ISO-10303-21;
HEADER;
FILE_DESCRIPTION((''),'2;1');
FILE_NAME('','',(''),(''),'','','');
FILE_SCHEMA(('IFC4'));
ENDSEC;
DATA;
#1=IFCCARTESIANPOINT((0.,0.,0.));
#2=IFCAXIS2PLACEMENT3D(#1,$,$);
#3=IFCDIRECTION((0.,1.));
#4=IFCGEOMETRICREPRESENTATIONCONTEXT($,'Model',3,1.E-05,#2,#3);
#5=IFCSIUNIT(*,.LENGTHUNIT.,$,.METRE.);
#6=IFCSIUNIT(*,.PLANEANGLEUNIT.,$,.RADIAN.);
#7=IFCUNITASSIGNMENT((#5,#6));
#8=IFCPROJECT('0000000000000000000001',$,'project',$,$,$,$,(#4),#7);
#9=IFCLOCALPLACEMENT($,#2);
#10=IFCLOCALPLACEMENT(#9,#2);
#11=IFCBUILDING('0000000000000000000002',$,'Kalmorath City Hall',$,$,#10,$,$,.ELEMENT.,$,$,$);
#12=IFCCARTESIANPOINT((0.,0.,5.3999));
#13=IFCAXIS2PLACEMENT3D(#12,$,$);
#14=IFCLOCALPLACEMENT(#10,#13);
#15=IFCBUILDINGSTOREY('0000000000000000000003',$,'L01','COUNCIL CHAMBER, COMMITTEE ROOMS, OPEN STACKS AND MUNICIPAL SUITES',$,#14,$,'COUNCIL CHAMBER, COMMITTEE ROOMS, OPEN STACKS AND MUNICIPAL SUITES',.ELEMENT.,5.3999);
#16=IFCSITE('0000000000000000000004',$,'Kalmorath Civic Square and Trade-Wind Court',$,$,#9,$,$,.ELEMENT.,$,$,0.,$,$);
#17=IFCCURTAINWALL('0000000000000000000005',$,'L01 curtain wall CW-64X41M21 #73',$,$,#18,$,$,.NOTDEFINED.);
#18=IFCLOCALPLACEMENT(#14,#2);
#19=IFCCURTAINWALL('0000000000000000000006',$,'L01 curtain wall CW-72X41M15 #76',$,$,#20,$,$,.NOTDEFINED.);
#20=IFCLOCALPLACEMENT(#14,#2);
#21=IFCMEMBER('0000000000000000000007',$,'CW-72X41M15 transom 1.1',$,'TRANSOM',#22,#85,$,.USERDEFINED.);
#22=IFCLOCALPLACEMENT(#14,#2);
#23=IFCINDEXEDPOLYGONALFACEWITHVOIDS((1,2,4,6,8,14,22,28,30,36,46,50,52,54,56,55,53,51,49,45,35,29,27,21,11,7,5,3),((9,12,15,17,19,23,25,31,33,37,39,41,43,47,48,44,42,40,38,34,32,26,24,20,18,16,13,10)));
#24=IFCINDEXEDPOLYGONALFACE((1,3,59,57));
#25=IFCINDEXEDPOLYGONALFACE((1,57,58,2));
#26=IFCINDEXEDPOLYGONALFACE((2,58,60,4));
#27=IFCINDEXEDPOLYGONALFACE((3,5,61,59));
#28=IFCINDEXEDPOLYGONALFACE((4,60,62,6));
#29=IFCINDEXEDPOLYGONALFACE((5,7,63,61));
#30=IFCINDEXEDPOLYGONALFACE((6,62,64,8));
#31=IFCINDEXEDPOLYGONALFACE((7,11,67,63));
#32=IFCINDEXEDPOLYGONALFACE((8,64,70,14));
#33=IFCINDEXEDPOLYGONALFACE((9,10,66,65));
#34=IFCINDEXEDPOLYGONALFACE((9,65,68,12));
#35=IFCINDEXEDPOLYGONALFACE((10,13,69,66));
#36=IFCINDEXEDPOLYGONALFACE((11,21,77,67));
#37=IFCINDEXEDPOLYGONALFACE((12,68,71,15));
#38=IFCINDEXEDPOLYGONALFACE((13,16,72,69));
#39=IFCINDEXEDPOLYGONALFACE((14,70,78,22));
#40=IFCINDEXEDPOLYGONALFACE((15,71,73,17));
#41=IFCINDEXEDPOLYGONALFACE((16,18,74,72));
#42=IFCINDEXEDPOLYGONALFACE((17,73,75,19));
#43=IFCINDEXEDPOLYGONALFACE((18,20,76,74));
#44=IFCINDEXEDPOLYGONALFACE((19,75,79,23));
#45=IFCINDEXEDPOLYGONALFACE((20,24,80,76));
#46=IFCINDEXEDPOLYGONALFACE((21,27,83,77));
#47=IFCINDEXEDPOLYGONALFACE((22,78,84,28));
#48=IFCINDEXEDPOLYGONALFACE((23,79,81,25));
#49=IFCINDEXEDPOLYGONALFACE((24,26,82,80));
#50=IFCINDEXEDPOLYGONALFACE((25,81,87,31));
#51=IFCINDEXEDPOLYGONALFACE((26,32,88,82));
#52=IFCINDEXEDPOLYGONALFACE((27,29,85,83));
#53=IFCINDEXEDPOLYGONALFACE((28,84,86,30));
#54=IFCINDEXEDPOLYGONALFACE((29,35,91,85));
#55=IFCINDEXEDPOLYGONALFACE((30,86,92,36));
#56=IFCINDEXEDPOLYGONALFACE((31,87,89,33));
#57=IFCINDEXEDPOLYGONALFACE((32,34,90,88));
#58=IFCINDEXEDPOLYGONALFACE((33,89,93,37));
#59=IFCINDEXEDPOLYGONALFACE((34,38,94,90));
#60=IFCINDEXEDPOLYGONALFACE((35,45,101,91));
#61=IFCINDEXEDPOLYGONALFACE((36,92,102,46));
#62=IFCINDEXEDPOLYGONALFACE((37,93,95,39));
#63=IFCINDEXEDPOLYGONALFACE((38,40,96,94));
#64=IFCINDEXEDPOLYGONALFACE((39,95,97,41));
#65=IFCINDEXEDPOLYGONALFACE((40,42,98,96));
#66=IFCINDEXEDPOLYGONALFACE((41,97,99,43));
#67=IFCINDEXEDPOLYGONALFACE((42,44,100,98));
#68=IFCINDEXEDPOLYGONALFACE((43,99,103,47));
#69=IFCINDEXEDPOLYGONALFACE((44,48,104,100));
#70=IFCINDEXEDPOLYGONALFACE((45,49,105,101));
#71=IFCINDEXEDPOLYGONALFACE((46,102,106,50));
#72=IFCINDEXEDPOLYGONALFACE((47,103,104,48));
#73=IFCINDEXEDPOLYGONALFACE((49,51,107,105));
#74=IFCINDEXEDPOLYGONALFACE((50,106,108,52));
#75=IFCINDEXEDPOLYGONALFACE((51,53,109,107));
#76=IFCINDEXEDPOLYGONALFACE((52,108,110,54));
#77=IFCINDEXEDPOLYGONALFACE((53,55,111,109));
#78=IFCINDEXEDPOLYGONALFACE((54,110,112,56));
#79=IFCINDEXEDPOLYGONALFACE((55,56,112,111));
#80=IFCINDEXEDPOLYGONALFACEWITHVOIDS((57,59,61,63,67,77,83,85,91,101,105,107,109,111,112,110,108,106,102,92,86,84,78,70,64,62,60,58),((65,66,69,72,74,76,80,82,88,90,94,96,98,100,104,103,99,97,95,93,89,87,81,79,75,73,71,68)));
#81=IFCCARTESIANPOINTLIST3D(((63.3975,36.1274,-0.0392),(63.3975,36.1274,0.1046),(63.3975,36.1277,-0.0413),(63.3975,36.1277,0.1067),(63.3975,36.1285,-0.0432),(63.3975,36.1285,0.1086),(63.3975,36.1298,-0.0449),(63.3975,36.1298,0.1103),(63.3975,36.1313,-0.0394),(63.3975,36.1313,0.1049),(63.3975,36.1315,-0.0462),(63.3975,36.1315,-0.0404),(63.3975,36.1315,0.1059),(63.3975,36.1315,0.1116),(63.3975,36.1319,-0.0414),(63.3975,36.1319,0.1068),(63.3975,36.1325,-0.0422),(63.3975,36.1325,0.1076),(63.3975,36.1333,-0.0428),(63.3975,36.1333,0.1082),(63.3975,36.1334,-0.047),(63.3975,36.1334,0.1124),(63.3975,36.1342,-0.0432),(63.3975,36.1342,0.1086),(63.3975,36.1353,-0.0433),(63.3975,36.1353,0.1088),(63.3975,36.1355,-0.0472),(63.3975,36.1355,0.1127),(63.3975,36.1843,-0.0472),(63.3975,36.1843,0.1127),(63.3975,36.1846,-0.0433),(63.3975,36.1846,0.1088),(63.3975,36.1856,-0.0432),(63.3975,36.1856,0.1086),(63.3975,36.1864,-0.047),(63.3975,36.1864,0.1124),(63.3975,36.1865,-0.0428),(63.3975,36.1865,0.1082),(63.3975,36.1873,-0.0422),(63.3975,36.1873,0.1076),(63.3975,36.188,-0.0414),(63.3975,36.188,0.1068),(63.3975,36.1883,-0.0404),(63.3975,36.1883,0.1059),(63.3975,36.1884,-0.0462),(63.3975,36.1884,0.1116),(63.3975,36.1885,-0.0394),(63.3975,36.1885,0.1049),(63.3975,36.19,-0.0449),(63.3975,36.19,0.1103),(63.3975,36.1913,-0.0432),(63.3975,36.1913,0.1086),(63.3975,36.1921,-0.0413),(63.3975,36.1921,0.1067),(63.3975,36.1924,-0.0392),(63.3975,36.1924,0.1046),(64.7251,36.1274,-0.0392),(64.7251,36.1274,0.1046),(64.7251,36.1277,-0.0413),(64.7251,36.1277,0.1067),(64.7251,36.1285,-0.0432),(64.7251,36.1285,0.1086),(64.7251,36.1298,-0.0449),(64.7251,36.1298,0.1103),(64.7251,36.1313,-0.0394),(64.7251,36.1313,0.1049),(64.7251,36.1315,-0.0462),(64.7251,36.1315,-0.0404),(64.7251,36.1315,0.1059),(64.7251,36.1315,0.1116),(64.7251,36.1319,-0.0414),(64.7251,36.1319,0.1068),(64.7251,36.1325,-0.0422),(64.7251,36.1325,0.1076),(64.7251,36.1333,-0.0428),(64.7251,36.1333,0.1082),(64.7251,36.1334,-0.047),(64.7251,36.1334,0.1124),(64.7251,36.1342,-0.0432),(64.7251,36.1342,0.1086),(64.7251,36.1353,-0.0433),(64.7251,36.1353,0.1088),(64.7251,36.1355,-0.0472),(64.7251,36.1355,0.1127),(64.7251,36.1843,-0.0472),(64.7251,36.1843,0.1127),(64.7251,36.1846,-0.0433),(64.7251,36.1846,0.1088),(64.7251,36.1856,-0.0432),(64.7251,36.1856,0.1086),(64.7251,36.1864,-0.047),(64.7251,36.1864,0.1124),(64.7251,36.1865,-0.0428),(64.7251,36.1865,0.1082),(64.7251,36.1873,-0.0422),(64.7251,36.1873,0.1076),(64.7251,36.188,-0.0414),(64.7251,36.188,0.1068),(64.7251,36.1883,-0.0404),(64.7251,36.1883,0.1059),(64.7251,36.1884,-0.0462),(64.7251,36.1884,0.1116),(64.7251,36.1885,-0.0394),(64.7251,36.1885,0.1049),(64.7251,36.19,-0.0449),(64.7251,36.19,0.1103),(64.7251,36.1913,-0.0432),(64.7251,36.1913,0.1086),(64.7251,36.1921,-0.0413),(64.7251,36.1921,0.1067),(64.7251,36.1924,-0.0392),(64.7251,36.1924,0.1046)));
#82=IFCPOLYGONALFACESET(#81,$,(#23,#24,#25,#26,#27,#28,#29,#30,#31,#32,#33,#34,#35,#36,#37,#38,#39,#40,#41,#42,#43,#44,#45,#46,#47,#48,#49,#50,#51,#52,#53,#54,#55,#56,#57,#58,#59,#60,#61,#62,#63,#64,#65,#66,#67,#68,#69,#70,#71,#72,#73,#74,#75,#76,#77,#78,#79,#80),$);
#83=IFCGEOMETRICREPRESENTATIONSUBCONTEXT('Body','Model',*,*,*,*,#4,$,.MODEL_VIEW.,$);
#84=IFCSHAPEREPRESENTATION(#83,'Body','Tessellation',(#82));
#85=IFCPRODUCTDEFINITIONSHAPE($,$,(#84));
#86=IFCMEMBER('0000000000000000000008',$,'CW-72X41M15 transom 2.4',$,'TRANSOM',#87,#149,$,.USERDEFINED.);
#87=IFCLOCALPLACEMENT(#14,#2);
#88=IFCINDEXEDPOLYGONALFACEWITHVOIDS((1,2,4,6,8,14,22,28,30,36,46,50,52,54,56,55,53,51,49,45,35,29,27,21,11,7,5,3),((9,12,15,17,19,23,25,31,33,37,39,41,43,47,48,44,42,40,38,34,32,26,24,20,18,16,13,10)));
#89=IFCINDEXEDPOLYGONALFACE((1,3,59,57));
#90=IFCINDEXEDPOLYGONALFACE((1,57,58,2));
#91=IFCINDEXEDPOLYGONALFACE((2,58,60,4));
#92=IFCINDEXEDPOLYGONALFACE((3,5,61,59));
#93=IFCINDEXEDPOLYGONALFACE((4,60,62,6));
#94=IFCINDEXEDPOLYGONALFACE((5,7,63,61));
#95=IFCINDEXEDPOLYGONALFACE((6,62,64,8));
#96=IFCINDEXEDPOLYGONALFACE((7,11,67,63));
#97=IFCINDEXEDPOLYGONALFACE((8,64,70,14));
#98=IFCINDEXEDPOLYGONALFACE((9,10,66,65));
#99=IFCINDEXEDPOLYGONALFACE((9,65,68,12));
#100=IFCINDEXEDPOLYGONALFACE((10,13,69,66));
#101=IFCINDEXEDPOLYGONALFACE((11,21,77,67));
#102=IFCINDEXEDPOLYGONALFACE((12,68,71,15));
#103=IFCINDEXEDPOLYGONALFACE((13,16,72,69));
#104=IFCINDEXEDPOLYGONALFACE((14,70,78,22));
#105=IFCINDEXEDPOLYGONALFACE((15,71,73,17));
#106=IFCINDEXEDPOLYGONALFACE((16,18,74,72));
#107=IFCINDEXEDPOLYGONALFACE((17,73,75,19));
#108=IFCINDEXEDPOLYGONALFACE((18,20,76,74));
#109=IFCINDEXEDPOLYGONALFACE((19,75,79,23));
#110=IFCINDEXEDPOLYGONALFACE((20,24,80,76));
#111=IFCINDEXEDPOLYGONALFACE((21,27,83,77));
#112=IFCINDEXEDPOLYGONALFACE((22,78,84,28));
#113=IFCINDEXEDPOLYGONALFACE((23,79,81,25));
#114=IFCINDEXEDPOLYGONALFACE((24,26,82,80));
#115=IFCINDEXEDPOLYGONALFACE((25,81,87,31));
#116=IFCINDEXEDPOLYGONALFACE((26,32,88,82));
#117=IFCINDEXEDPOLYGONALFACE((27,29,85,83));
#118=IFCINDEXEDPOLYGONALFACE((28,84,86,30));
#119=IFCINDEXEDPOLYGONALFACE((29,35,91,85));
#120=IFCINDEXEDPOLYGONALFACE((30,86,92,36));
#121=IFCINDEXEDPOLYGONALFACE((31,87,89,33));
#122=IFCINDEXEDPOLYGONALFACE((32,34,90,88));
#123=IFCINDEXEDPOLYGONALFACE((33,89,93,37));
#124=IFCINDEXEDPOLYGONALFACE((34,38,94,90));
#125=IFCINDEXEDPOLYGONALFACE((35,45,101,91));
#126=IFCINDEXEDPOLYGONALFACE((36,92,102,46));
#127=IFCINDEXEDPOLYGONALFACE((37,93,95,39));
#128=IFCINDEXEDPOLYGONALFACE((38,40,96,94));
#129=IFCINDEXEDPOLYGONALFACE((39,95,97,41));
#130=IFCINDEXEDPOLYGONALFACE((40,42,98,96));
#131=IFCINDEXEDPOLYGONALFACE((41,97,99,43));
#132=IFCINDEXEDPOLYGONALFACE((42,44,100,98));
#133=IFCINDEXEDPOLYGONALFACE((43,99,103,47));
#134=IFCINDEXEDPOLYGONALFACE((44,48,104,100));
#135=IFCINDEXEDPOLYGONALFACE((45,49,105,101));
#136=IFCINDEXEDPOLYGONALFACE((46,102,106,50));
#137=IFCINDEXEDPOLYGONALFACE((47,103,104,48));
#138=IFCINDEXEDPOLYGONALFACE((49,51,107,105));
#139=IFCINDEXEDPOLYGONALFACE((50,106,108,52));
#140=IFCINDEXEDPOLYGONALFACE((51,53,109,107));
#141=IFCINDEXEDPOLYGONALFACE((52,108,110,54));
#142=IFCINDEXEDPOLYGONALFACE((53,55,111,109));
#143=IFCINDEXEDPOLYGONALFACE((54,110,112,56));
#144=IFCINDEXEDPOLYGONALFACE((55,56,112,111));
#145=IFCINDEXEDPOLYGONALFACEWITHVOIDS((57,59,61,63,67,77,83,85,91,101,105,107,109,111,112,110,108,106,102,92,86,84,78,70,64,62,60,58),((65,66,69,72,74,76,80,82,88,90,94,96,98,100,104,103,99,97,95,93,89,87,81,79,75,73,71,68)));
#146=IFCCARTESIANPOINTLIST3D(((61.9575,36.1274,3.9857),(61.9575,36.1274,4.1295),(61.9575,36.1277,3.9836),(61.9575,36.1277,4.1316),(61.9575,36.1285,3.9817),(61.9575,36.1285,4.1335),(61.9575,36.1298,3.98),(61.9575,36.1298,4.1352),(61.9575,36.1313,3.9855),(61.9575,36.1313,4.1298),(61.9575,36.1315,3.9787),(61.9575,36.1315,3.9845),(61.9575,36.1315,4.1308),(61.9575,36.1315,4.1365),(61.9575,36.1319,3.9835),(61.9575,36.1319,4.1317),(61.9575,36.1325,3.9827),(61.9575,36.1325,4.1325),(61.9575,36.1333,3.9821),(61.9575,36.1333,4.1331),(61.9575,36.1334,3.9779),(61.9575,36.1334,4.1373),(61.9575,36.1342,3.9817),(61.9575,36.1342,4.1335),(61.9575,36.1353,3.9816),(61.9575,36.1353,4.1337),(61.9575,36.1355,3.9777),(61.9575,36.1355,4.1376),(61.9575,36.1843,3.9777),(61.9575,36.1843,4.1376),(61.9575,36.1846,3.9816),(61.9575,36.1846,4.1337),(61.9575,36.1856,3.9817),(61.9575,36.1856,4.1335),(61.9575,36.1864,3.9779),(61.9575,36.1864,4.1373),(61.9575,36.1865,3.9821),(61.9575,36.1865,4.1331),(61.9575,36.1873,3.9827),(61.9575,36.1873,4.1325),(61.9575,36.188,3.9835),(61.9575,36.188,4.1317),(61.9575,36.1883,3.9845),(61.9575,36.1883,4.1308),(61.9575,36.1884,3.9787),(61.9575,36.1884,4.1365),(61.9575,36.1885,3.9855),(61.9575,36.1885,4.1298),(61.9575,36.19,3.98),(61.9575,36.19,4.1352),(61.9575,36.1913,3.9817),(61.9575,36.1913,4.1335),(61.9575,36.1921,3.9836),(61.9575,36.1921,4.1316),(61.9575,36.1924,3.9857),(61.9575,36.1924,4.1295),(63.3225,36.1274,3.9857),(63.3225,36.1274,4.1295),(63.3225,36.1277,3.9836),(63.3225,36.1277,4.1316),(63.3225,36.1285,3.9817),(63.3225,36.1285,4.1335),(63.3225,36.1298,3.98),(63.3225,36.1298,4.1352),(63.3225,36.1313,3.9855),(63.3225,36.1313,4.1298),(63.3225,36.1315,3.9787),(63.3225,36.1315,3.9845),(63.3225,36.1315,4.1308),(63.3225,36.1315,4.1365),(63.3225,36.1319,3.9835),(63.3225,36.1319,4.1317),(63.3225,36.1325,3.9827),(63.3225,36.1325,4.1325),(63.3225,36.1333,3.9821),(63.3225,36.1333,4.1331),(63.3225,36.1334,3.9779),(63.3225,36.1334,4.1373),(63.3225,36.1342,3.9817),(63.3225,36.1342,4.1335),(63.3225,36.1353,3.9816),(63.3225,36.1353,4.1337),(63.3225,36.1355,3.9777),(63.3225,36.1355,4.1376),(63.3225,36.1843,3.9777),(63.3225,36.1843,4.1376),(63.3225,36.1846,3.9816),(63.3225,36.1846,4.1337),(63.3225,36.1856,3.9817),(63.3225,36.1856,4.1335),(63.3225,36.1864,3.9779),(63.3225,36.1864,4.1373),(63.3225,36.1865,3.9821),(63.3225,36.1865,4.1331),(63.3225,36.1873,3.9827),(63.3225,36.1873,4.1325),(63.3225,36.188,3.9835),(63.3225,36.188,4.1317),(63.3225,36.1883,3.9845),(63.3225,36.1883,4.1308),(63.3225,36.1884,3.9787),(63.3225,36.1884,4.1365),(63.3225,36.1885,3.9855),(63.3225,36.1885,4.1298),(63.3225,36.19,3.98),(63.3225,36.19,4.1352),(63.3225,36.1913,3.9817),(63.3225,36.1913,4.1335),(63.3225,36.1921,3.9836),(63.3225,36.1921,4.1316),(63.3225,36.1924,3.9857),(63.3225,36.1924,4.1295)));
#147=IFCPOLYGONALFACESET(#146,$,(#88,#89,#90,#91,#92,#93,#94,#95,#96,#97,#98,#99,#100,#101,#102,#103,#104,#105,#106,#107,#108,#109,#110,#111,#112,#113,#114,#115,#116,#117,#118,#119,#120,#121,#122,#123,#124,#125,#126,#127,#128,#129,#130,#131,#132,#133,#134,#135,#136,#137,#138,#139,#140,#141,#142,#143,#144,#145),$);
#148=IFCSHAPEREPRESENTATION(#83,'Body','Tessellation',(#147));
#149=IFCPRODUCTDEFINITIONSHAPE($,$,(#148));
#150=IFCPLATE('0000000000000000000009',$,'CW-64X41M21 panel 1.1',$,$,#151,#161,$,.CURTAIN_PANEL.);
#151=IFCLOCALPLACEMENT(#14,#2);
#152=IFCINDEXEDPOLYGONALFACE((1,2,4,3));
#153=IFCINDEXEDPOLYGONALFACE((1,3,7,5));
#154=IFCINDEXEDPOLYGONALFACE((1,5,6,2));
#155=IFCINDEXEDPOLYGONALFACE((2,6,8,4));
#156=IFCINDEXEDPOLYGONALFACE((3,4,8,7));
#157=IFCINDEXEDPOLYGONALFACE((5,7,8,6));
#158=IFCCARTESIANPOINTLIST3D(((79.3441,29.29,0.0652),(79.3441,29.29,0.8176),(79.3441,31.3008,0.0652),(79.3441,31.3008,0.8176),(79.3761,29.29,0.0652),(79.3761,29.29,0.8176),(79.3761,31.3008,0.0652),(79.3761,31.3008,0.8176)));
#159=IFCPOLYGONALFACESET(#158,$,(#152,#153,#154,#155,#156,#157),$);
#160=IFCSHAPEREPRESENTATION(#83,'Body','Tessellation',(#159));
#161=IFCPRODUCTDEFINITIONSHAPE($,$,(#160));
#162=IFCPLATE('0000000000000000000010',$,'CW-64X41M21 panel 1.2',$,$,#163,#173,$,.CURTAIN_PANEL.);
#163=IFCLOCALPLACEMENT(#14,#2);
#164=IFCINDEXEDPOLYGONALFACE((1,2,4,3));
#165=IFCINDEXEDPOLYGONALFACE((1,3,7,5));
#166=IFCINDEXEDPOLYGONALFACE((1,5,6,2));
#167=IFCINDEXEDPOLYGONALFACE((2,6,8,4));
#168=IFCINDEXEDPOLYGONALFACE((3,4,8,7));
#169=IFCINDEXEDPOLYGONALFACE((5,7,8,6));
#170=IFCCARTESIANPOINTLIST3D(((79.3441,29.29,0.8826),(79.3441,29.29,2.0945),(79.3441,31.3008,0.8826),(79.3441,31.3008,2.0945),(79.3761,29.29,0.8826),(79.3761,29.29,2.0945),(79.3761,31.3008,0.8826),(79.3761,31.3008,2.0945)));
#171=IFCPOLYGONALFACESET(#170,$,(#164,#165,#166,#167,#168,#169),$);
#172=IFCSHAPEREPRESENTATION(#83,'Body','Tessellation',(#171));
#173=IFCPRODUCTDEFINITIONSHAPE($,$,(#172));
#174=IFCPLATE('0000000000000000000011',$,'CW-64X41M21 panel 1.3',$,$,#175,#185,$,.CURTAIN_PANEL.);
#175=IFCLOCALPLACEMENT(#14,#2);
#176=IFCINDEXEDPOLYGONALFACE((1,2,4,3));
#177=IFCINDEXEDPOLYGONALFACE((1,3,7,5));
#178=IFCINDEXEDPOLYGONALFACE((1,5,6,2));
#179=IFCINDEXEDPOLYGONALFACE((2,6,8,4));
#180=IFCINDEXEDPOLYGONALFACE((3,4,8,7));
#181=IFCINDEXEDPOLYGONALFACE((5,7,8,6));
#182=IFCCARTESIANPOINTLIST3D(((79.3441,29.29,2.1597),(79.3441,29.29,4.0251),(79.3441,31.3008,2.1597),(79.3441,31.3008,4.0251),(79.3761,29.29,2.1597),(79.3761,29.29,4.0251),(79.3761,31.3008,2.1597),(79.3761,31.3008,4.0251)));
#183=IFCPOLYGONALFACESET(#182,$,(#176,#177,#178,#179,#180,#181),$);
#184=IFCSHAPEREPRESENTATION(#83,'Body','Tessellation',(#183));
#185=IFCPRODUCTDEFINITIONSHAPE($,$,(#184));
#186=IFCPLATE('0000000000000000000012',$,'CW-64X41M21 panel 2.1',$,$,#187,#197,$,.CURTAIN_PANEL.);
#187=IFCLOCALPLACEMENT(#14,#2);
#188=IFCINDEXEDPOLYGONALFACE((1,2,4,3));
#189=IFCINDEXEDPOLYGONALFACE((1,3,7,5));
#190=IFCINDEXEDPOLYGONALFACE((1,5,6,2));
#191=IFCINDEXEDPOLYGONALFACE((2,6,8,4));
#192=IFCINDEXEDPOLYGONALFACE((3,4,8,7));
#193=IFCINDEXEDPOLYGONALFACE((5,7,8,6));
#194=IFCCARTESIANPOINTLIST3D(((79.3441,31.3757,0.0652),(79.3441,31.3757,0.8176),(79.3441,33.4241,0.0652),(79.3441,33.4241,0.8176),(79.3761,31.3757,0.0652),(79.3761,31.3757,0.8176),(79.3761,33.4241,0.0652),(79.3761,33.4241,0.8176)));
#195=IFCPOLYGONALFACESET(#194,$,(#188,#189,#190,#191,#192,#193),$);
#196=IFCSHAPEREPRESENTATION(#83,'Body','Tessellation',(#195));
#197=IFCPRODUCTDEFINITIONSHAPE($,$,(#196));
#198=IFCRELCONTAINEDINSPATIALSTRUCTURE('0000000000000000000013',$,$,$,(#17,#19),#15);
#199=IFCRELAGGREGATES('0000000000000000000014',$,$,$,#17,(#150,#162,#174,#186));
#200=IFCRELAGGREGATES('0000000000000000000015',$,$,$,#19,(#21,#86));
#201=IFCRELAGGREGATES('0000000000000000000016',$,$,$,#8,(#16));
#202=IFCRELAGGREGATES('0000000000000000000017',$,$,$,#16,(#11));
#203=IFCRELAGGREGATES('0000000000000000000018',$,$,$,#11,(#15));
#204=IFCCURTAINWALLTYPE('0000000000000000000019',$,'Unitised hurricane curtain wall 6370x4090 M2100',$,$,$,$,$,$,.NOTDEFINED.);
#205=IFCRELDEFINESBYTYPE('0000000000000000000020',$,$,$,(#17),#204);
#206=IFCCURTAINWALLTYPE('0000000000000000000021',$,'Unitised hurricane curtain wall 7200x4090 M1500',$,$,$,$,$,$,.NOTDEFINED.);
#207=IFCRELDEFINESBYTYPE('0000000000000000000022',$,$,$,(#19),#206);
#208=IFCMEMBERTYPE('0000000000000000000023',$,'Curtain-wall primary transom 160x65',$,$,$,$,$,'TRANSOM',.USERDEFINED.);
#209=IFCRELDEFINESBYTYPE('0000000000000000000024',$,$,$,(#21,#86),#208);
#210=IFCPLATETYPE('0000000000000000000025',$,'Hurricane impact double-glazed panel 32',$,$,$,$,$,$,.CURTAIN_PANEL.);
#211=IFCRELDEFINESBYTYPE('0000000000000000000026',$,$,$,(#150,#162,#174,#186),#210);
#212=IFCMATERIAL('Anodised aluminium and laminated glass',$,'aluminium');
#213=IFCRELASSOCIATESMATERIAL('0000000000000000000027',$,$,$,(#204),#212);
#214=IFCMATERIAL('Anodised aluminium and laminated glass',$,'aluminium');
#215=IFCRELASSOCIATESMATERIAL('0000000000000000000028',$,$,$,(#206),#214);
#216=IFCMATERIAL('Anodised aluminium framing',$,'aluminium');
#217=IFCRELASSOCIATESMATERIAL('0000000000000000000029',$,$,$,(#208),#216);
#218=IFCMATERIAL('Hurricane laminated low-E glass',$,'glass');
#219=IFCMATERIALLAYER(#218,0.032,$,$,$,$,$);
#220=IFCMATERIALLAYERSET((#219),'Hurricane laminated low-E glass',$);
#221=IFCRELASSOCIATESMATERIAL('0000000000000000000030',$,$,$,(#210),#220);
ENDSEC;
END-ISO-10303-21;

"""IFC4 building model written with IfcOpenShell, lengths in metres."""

from ifc_helpers import new_model, si_unit, direction, frame, origin, origin_2d, place, context, subcontext, project, spatial, rectangle, hollow_rectangle, extrude, material, layer, layer_set, material_profile, profile_set, type_object, element, aggregate, save


model = new_model("IFC4")

# Units and contexts
model_context = context("Model", 3, precision=1e-05, world=origin(), true_north=direction((0.0, 1.0)))
body_context = subcontext(model_context, "Body", "Model", "MODEL_VIEW")
ifc_project = project(units=[si_unit("LENGTHUNIT", "METRE"), si_unit("PLANEANGLEUNIT", "RADIAN")], contexts=[model_context])

# Site, building, storey
site_placement = place(None, origin())
site = spatial("IfcSite", under=ifc_project, at=site_placement, Name="Kalmorath Civic Square and Trade-Wind Court", CompositionType="ELEMENT", RefElevation=0.0)
building_placement = place(site_placement, origin())
building = spatial("IfcBuilding", under=site, at=building_placement, Name="Kalmorath City Hall", CompositionType="ELEMENT")
storey_placement = place(building_placement, frame((0.0, 0.0, 5.3999)))
storey = spatial("IfcBuildingStorey", under=building, at=storey_placement, Name="L01", Description="COUNCIL CHAMBER, COMMITTEE ROOMS, OPEN STACKS AND MUNICIPAL SUITES", LongName="COUNCIL CHAMBER, COMMITTEE ROOMS, OPEN STACKS AND MUNICIPAL SUITES", CompositionType="ELEMENT", Elevation=5.3999)

# Curtain wall
ifc_material_1 = material(Name="Anodised aluminium and laminated glass", Category="aluminium")
curtain_wall_type_1 = type_object("IfcCurtainWallType", Name="Unitised hurricane curtain wall 6370x4090 M2100", PredefinedType="NOTDEFINED", material=ifc_material_1)
curtain_wall_1_placement = place(storey_placement, origin())
curtain_wall_1 = element("IfcCurtainWall", 1, at=curtain_wall_1_placement, inside=storey, type_object=curtain_wall_type_1, Name="L01 curtain wall CW-64X41M21 #73", PredefinedType="NOTDEFINED")

# Curtain wall
ifc_material_2 = material(Name="Anodised aluminium and laminated glass", Category="aluminium")
curtain_wall_type_2 = type_object("IfcCurtainWallType", Name="Unitised hurricane curtain wall 7200x4090 M1500", PredefinedType="NOTDEFINED", material=ifc_material_2)
curtain_wall_2_placement = place(storey_placement, origin())
curtain_wall_2 = element("IfcCurtainWall", 2, at=curtain_wall_2_placement, inside=storey, type_object=curtain_wall_type_2, Name="L01 curtain wall CW-72X41M15 #76", PredefinedType="NOTDEFINED")

# Members
ifc_material_3 = material(Name="Anodised aluminium framing", Category="aluminium")
ifc_material_profile_1 = material_profile(ifc_material_3, hollow_rectangle(XDim=0.0649, YDim=0.1599, WallThickness=0.0039, InnerFilletRadius=0.0039, OuterFilletRadius=0.0081, at=origin_2d()), Name="ALU-TRN-160X65X4")
ifc_profile_set_1 = profile_set([ifc_material_profile_1], Name="Anodised aluminium framing")
member_type_1 = type_object("IfcMemberType", Name="Curtain-wall primary transom 160x65", ElementType="TRANSOM", PredefinedType="USERDEFINED", material=ifc_profile_set_1)
member_1_placement = place(storey_placement, frame((64.7251, 36.1599, 0.0327), z_axis=(-1.0, 0.0, 0.0), x_axis=(0.0, -1.0, 0.0)))
member_1 = element("IfcMember", 3, at=member_1_placement, type_object=member_type_1, Name="CW-72X41M15 transom 1.1", ObjectType="TRANSOM", PredefinedType="USERDEFINED", context=body_context, shape_type="SweptSolid", body=[
    extrude(hollow_rectangle(XDim=0.0649, YDim=0.1599, WallThickness=0.0039, InnerFilletRadius=0.0039, OuterFilletRadius=0.0081, at=origin_2d()), origin(), (0.0, 0.0, 1.0), 1.3276),
])
member_2_placement = place(storey_placement, frame((63.3225, 36.1599, 4.0576), z_axis=(-1.0, 0.0, 0.0), x_axis=(0.0, -1.0, 0.0)))
member_2 = element("IfcMember", 4, at=member_2_placement, type_object=member_type_1, Name="CW-72X41M15 transom 2.4", ObjectType="TRANSOM", PredefinedType="USERDEFINED", context=body_context, shape_type="SweptSolid", body=[
    extrude(hollow_rectangle(XDim=0.0649, YDim=0.1599, WallThickness=0.0039, InnerFilletRadius=0.0039, OuterFilletRadius=0.0081, at=origin_2d()), origin(), (0.0, 0.0, 1.0), 1.365),
])

# Plates
ifc_material_4 = material(Name="Hurricane laminated low-E glass", Category="glass")
ifc_layer = layer(ifc_material_4, 0.032)
ifc_layer_set = layer_set([ifc_layer], Name="Hurricane laminated low-E glass")
plate_type = type_object("IfcPlateType", Name="Hurricane impact double-glazed panel 32", PredefinedType="CURTAIN_PANEL", material=ifc_layer_set)
plate_1_placement = place(storey_placement, frame((79.3601, 30.2954, 0.0652), z_axis=(0.0, 0.0, 1.0), x_axis=(0.0, 1.0, 0.0)))
plate_1 = element("IfcPlate", 5, at=plate_1_placement, type_object=plate_type, Name="CW-64X41M21 panel 1.1", PredefinedType="CURTAIN_PANEL", context=body_context, shape_type="SweptSolid", body=[
    extrude(rectangle(XDim=2.0107, YDim=0.032, at=origin_2d()), origin(), (0.0, 0.0, 1.0), 0.7524),
])
plate_2_placement = place(storey_placement, frame((79.3601, 30.2954, 0.8826), z_axis=(0.0, 0.0, 1.0), x_axis=(0.0, 1.0, 0.0)))
plate_2 = element("IfcPlate", 6, at=plate_2_placement, type_object=plate_type, Name="CW-64X41M21 panel 1.2", PredefinedType="CURTAIN_PANEL", context=body_context, shape_type="SweptSolid", body=[
    extrude(rectangle(XDim=2.0107, YDim=0.032, at=origin_2d()), origin(), (0.0, 0.0, 1.0), 1.2119),
])
plate_3_placement = place(storey_placement, frame((79.3601, 30.2954, 2.1597), z_axis=(0.0, 0.0, 1.0), x_axis=(0.0, 1.0, 0.0)))
plate_3 = element("IfcPlate", 7, at=plate_3_placement, type_object=plate_type, Name="CW-64X41M21 panel 1.3", PredefinedType="CURTAIN_PANEL", context=body_context, shape_type="SweptSolid", body=[
    extrude(rectangle(XDim=2.0107, YDim=0.032, at=origin_2d()), origin(), (0.0, 0.0, 1.0), 1.8655),
])
plate_4_placement = place(storey_placement, frame((79.3601, 32.3999, 0.0652), z_axis=(0.0, 0.0, 1.0), x_axis=(0.0, 1.0, 0.0)))
plate_4 = element("IfcPlate", 8, at=plate_4_placement, type_object=plate_type, Name="CW-64X41M21 panel 2.1", PredefinedType="CURTAIN_PANEL", context=body_context, shape_type="SweptSolid", body=[
    extrude(rectangle(XDim=2.0483, YDim=0.032, at=origin_2d()), origin(), (0.0, 0.0, 1.0), 0.7524),
])
aggregate(curtain_wall_1, [plate_1, plate_2, plate_3, plate_4])
aggregate(curtain_wall_2, [member_1, member_2])

save(model, "model.ifc")
